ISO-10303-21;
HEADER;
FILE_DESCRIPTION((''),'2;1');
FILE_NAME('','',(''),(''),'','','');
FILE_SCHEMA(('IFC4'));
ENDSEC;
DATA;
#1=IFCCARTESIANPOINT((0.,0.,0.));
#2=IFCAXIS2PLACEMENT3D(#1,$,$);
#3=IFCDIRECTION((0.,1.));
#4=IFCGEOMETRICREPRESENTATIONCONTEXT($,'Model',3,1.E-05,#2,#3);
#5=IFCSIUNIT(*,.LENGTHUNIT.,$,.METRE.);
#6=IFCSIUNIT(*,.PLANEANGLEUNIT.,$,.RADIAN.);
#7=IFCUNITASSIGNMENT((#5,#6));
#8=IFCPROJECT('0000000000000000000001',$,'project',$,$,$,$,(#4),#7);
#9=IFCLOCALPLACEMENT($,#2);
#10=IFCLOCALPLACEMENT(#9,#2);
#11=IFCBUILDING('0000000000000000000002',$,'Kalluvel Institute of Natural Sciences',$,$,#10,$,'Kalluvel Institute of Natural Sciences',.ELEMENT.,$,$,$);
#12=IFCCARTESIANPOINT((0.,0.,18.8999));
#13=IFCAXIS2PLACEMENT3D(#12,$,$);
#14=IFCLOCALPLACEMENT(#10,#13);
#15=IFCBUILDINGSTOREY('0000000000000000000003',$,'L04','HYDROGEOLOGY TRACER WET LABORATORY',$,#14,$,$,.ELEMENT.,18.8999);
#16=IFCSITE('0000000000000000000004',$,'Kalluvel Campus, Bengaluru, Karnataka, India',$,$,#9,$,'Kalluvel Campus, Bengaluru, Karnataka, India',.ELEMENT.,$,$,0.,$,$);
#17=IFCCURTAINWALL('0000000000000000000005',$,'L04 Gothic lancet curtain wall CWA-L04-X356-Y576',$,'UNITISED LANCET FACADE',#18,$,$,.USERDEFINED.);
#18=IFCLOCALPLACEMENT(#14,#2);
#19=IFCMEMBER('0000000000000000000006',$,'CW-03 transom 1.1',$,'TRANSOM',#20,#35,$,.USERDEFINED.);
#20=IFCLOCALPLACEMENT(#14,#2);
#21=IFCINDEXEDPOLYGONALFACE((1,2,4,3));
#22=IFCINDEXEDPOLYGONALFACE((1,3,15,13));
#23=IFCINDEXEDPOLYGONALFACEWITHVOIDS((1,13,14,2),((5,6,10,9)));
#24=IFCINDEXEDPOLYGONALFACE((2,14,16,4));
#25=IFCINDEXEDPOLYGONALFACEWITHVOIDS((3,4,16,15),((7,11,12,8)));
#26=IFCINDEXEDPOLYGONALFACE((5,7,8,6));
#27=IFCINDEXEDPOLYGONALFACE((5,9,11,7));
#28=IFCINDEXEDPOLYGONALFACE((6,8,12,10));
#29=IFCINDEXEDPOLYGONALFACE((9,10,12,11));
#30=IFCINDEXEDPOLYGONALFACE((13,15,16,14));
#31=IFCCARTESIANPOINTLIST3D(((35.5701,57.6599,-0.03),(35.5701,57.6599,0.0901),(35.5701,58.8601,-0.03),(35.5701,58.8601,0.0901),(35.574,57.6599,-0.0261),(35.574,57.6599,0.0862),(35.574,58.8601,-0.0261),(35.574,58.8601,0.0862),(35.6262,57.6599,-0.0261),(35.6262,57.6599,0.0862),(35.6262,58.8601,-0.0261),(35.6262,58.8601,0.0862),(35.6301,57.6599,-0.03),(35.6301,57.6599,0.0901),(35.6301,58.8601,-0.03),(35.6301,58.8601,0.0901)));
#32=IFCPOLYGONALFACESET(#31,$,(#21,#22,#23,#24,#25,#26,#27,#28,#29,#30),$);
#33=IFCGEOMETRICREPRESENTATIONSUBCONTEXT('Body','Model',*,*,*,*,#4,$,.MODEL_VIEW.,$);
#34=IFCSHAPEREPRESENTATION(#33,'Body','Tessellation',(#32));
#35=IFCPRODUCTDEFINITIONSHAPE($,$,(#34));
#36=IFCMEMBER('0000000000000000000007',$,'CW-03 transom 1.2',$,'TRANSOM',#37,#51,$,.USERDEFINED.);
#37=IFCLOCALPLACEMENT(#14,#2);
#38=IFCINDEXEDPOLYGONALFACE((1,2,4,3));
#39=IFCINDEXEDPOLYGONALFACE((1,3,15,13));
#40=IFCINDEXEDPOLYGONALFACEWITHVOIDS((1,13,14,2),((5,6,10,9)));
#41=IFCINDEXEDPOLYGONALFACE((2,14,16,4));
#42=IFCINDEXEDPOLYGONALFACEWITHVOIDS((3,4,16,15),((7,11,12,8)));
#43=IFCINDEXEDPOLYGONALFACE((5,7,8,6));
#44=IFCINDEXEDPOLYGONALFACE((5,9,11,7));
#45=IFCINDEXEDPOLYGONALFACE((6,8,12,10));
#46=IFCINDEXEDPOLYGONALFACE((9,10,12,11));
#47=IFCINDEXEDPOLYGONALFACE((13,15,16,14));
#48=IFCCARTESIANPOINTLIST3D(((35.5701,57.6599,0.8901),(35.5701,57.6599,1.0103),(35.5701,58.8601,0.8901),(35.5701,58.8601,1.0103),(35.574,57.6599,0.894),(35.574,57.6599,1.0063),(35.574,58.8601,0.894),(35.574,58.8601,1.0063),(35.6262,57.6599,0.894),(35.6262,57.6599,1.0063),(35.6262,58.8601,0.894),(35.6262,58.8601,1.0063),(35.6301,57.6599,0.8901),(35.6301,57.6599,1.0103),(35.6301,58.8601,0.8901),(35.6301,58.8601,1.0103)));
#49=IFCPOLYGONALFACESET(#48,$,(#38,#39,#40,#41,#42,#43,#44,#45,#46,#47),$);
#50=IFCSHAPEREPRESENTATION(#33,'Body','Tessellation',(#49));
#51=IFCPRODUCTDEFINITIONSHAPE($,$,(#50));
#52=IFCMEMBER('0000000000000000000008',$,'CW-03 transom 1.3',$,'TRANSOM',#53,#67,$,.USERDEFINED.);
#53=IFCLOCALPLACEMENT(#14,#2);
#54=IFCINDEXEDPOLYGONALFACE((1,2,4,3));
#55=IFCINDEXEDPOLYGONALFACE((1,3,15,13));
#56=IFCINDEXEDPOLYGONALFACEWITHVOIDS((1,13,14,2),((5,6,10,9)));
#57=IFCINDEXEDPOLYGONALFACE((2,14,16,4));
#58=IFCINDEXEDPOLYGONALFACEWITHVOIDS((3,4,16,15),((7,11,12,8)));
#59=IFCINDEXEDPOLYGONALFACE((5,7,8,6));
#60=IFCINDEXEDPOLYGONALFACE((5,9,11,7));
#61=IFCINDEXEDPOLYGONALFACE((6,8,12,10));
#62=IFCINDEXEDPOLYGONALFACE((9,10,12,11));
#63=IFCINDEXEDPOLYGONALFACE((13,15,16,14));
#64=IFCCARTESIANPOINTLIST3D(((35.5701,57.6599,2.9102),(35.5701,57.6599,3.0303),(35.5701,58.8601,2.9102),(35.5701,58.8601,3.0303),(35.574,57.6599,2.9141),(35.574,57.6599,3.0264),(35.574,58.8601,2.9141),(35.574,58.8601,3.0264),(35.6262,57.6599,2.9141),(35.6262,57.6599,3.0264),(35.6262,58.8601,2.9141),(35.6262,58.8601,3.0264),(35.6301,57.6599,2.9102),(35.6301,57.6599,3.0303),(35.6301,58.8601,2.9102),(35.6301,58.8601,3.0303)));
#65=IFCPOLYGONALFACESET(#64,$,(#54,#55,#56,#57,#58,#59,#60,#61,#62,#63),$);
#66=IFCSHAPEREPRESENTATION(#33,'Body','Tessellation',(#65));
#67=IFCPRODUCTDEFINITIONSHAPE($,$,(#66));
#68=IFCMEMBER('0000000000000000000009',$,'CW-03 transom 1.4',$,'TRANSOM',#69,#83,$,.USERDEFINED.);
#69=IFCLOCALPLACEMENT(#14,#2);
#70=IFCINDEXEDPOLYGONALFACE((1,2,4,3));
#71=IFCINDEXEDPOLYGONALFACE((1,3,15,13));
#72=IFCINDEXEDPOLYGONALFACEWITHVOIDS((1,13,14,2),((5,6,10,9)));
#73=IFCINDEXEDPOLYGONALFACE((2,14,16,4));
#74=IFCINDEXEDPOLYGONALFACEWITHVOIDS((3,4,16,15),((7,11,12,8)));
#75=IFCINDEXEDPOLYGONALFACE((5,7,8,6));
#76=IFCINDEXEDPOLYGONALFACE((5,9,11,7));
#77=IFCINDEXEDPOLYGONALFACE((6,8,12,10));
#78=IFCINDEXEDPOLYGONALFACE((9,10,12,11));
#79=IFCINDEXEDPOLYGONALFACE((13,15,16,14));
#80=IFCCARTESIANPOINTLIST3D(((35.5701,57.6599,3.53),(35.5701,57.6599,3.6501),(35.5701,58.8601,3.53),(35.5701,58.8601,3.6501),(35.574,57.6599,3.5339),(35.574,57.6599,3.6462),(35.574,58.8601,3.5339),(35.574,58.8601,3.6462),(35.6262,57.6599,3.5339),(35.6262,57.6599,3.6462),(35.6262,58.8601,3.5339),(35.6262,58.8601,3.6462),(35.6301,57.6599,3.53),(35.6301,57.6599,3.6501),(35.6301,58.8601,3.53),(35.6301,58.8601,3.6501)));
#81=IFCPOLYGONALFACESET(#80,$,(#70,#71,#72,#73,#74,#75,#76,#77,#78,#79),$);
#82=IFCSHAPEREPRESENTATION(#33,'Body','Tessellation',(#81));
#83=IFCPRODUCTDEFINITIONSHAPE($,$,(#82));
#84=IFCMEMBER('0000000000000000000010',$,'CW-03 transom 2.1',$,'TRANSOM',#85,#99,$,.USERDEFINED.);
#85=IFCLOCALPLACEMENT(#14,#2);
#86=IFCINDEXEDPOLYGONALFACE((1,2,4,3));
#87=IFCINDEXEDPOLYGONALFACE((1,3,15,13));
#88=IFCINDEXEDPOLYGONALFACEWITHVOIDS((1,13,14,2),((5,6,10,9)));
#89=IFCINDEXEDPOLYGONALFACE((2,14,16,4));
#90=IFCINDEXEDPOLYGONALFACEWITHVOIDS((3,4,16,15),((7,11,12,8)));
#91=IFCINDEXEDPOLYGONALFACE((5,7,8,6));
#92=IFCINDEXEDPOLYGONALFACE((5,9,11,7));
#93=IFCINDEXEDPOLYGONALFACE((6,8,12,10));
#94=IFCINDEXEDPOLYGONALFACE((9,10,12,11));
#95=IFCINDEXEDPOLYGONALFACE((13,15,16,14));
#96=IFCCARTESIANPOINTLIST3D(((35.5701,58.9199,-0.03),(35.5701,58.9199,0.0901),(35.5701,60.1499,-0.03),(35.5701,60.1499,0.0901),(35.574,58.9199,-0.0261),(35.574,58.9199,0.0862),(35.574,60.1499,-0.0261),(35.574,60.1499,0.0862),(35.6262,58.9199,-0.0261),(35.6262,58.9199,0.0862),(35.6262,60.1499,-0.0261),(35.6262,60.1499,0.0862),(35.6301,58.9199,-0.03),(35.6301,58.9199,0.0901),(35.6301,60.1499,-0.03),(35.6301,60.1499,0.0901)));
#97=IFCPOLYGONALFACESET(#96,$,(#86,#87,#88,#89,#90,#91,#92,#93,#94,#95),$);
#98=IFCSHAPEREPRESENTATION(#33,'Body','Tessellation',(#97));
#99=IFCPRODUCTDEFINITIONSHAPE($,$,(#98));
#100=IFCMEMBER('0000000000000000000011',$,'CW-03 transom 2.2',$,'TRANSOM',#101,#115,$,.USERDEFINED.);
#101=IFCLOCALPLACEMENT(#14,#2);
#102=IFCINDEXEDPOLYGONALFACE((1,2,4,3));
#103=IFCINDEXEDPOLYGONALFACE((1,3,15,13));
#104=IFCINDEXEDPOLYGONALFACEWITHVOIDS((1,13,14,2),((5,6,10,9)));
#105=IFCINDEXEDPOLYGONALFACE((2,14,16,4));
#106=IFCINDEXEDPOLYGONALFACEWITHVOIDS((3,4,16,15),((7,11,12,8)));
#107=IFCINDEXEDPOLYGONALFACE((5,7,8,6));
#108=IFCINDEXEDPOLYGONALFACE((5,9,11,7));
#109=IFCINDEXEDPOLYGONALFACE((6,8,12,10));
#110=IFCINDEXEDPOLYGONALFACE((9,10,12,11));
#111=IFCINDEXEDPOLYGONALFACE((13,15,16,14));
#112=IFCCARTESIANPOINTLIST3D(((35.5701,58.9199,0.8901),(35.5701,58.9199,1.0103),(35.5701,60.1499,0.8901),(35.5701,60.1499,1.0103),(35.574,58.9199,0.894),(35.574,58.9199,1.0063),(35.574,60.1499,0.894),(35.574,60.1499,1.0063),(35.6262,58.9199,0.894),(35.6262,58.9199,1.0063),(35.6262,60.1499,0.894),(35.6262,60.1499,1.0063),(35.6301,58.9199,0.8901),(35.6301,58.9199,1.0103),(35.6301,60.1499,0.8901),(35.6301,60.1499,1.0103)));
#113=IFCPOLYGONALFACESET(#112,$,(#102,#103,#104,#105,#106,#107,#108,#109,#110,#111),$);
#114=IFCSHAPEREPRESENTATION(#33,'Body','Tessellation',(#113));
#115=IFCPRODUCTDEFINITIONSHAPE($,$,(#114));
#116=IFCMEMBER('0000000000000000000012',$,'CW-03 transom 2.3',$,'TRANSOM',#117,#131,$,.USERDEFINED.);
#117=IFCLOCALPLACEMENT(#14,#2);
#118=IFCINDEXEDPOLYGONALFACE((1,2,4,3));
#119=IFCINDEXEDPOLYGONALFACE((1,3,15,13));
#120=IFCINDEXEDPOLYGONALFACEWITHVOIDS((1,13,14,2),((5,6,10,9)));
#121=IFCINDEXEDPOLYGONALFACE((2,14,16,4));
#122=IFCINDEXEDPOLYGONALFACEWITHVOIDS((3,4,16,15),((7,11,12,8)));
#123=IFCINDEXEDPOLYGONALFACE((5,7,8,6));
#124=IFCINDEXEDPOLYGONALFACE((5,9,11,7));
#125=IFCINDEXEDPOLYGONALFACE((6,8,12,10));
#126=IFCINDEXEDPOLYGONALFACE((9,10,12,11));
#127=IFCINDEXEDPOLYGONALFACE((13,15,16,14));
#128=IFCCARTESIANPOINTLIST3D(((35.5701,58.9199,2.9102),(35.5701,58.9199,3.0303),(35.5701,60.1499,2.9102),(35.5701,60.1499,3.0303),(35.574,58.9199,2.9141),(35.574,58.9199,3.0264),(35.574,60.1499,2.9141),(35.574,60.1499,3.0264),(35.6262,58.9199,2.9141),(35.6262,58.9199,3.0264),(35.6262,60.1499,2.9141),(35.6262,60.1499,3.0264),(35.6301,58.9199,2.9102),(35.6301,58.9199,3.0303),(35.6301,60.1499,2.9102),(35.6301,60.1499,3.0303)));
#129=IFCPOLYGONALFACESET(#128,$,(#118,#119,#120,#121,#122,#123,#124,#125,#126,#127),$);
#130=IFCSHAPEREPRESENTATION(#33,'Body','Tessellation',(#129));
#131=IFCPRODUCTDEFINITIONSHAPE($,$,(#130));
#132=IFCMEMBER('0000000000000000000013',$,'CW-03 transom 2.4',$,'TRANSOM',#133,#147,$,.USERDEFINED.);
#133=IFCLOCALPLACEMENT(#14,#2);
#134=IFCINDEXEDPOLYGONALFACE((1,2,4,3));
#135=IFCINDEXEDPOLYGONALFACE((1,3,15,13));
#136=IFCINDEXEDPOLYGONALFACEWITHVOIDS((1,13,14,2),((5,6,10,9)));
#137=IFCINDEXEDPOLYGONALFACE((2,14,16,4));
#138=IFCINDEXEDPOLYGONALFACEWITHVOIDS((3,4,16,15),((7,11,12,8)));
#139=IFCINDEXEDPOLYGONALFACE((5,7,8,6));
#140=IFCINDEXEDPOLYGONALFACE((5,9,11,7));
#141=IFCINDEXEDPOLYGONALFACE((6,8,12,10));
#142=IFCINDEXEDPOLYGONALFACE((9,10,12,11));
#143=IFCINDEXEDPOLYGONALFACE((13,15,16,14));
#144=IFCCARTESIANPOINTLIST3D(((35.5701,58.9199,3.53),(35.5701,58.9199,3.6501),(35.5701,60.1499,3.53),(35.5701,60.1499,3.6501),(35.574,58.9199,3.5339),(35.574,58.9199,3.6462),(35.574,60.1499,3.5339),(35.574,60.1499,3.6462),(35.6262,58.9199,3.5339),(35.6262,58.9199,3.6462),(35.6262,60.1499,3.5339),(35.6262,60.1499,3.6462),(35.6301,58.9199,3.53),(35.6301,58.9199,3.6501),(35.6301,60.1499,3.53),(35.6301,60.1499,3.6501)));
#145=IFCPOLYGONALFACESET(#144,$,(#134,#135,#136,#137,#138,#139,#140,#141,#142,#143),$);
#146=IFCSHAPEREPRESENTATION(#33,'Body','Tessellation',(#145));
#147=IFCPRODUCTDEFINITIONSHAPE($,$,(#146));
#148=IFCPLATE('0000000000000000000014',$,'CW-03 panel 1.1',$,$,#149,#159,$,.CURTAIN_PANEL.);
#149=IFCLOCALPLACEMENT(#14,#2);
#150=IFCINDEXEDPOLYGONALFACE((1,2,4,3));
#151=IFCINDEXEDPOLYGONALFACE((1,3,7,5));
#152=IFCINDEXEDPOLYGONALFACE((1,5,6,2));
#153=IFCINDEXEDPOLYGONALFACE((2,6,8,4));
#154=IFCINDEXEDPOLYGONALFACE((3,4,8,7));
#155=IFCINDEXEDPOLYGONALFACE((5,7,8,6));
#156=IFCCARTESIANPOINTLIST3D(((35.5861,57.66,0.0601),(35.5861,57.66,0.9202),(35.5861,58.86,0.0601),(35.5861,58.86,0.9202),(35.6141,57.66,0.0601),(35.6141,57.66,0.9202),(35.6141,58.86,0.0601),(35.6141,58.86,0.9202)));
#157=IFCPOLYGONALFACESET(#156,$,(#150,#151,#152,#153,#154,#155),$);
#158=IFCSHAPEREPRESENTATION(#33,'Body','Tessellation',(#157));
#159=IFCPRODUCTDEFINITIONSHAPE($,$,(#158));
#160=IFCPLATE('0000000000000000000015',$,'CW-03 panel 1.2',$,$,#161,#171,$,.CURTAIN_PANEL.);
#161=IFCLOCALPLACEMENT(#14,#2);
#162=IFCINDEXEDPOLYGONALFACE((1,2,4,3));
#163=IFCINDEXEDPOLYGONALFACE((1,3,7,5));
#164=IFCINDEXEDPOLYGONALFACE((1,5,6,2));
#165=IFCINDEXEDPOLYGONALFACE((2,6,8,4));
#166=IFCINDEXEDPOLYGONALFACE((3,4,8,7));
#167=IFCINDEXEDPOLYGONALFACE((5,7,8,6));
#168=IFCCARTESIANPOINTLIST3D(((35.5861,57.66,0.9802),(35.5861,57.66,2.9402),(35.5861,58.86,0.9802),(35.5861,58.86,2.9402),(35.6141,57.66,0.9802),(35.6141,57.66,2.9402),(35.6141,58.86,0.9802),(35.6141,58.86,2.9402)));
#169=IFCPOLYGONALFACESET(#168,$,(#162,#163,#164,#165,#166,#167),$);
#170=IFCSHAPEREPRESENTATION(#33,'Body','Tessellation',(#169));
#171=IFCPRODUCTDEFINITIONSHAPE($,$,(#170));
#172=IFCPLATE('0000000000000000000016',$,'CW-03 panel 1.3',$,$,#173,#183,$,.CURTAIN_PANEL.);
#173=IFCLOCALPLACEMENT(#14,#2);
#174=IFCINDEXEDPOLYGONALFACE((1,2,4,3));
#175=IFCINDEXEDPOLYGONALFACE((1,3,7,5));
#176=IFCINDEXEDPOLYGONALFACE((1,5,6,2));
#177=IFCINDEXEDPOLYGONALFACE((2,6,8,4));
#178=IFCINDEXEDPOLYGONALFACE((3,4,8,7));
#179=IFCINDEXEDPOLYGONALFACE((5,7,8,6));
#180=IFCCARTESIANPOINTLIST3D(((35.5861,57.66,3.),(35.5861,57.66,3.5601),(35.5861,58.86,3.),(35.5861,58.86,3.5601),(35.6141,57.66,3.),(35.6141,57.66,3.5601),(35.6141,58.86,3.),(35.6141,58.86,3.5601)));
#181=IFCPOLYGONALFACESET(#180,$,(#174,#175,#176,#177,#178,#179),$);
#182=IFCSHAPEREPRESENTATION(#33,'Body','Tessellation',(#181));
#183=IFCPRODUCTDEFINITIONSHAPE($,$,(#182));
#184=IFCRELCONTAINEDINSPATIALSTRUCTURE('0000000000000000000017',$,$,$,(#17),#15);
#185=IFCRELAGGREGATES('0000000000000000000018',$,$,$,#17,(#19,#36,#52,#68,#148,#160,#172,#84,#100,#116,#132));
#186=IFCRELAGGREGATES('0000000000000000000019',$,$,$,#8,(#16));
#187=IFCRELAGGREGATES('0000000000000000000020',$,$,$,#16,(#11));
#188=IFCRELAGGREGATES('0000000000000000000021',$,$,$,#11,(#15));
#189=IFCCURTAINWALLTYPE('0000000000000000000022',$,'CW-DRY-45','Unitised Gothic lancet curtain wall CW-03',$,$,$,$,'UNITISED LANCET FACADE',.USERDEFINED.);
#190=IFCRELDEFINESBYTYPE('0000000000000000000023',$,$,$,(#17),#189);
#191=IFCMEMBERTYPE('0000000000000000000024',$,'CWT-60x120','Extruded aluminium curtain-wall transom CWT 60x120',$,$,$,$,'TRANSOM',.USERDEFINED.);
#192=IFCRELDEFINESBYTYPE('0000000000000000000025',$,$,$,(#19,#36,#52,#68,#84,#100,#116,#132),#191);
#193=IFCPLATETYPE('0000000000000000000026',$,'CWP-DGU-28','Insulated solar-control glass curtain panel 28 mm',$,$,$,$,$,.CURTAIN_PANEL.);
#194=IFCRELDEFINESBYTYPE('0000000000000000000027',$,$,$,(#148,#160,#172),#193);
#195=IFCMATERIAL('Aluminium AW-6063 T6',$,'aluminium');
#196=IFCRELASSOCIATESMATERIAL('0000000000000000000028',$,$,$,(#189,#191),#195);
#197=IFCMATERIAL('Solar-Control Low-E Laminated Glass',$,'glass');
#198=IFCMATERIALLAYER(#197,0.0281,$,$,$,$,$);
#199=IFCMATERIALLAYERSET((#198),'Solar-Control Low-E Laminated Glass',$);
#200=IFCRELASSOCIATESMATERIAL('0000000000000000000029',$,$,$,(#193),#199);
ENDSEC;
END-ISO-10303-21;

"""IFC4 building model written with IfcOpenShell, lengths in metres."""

from ifc_helpers import new_model, si_unit, direction, frame, origin, origin_2d, place, context, subcontext, project, spatial, rectangle, hollow_rectangle, extrude, material, layer, layer_set, material_profile, profile_set, type_object, element, aggregate, save


model = new_model("IFC4")

# Units and contexts
model_context = context("Model", 3, precision=1e-05, world=origin(), true_north=direction((0.0, 1.0)))
body_context = subcontext(model_context, "Body", "Model", "MODEL_VIEW")
ifc_project = project(units=[si_unit("LENGTHUNIT", "METRE"), si_unit("PLANEANGLEUNIT", "RADIAN")], contexts=[model_context])

# Site, building, storey
site_placement = place(None, origin())
site = spatial("IfcSite", under=ifc_project, at=site_placement, Name="Kalluvel Campus, Bengaluru, Karnataka, India", LongName="Kalluvel Campus, Bengaluru, Karnataka, India", CompositionType="ELEMENT", RefElevation=0.0)
building_placement = place(site_placement, origin())
building = spatial("IfcBuilding", under=site, at=building_placement, Name="Kalluvel Institute of Natural Sciences", LongName="Kalluvel Institute of Natural Sciences", CompositionType="ELEMENT")
storey_placement = place(building_placement, frame((0.0, 0.0, 18.8999)))
storey = spatial("IfcBuildingStorey", under=building, at=storey_placement, Name="L04", Description="HYDROGEOLOGY TRACER WET LABORATORY", CompositionType="ELEMENT", Elevation=18.8999)

# Shared definitions
ifc_material_1 = material(Name="Aluminium AW-6063 T6", Category="aluminium")
curtain_wall_type = type_object("IfcCurtainWallType", Name="CW-DRY-45", Description="Unitised Gothic lancet curtain wall CW-03", ElementType="UNITISED LANCET FACADE", PredefinedType="USERDEFINED", material=ifc_material_1)

# Curtain wall, members, plates
curtain_wall_1_placement = place(storey_placement, origin())
curtain_wall_1 = element("IfcCurtainWall", 1, at=curtain_wall_1_placement, inside=storey, type_object=curtain_wall_type, Name="L04 Gothic lancet curtain wall CWA-L04-X356-Y576", ObjectType="UNITISED LANCET FACADE", PredefinedType="USERDEFINED")
ifc_material_profile_1 = material_profile(ifc_material_1, hollow_rectangle(XDim=0.0601, YDim=0.1201, WallThickness=0.0039, at=origin_2d()), Name="CWT 60x120")
ifc_profile_set_1 = profile_set([ifc_material_profile_1], Name="Aluminium AW-6063 T6")
member_type_1 = type_object("IfcMemberType", Name="CWT-60x120", Description="Extruded aluminium curtain-wall transom CWT 60x120", ElementType="TRANSOM", PredefinedType="USERDEFINED", material=ifc_profile_set_1)
member_1_placement = place(storey_placement, frame((35.6001, 57.6599, 0.03), z_axis=(0.0, 1.0, 0.0), x_axis=(-1.0, 0.0, 0.0)))
member_1 = element("IfcMember", 2, at=member_1_placement, type_object=member_type_1, Name="CW-03 transom 1.1", ObjectType="TRANSOM", PredefinedType="USERDEFINED", context=body_context, shape_type="SweptSolid", body=[
    extrude(hollow_rectangle(XDim=0.0601, YDim=0.1201, WallThickness=0.0039, at=origin_2d()), origin(), (0.0, 0.0, 1.0), 1.2002),
])
member_2_placement = place(storey_placement, frame((35.6001, 57.6599, 0.9502), z_axis=(0.0, 1.0, 0.0), x_axis=(-1.0, 0.0, 0.0)))
member_2 = element("IfcMember", 3, at=member_2_placement, type_object=member_type_1, Name="CW-03 transom 1.2", ObjectType="TRANSOM", PredefinedType="USERDEFINED", context=body_context, shape_type="SweptSolid", body=[
    extrude(hollow_rectangle(XDim=0.0601, YDim=0.1201, WallThickness=0.0039, at=origin_2d()), origin(), (0.0, 0.0, 1.0), 1.2002),
])
member_3_placement = place(storey_placement, frame((35.6001, 57.6599, 2.9702), z_axis=(0.0, 1.0, 0.0), x_axis=(-1.0, 0.0, 0.0)))
member_3 = element("IfcMember", 4, at=member_3_placement, type_object=member_type_1, Name="CW-03 transom 1.3", ObjectType="TRANSOM", PredefinedType="USERDEFINED", context=body_context, shape_type="SweptSolid", body=[
    extrude(hollow_rectangle(XDim=0.0601, YDim=0.1201, WallThickness=0.0039, at=origin_2d()), origin(), (0.0, 0.0, 1.0), 1.2002),
])
member_4_placement = place(storey_placement, frame((35.6001, 57.6599, 3.5901), z_axis=(0.0, 1.0, 0.0), x_axis=(-1.0, 0.0, 0.0)))
member_4 = element("IfcMember", 5, at=member_4_placement, type_object=member_type_1, Name="CW-03 transom 1.4", ObjectType="TRANSOM", PredefinedType="USERDEFINED", context=body_context, shape_type="SweptSolid", body=[
    extrude(hollow_rectangle(XDim=0.0601, YDim=0.1201, WallThickness=0.0039, at=origin_2d()), origin(), (0.0, 0.0, 1.0), 1.2002),
])
member_5_placement = place(storey_placement, frame((35.6001, 58.9199, 0.03), z_axis=(0.0, 1.0, 0.0), x_axis=(-1.0, 0.0, 0.0)))
member_5 = element("IfcMember", 6, at=member_5_placement, type_object=member_type_1, Name="CW-03 transom 2.1", ObjectType="TRANSOM", PredefinedType="USERDEFINED", context=body_context, shape_type="SweptSolid", body=[
    extrude(hollow_rectangle(XDim=0.0601, YDim=0.1201, WallThickness=0.0039, at=origin_2d()), origin(), (0.0, 0.0, 1.0), 1.23),
])
member_6_placement = place(storey_placement, frame((35.6001, 58.9199, 0.9502), z_axis=(0.0, 1.0, 0.0), x_axis=(-1.0, 0.0, 0.0)))
member_6 = element("IfcMember", 7, at=member_6_placement, type_object=member_type_1, Name="CW-03 transom 2.2", ObjectType="TRANSOM", PredefinedType="USERDEFINED", context=body_context, shape_type="SweptSolid", body=[
    extrude(hollow_rectangle(XDim=0.0601, YDim=0.1201, WallThickness=0.0039, at=origin_2d()), origin(), (0.0, 0.0, 1.0), 1.23),
])
member_7_placement = place(storey_placement, frame((35.6001, 58.9199, 2.9702), z_axis=(0.0, 1.0, 0.0), x_axis=(-1.0, 0.0, 0.0)))
member_7 = element("IfcMember", 8, at=member_7_placement, type_object=member_type_1, Name="CW-03 transom 2.3", ObjectType="TRANSOM", PredefinedType="USERDEFINED", context=body_context, shape_type="SweptSolid", body=[
    extrude(hollow_rectangle(XDim=0.0601, YDim=0.1201, WallThickness=0.0039, at=origin_2d()), origin(), (0.0, 0.0, 1.0), 1.23),
])
member_8_placement = place(storey_placement, frame((35.6001, 58.9199, 3.5901), z_axis=(0.0, 1.0, 0.0), x_axis=(-1.0, 0.0, 0.0)))
member_8 = element("IfcMember", 9, at=member_8_placement, type_object=member_type_1, Name="CW-03 transom 2.4", ObjectType="TRANSOM", PredefinedType="USERDEFINED", context=body_context, shape_type="SweptSolid", body=[
    extrude(hollow_rectangle(XDim=0.0601, YDim=0.1201, WallThickness=0.0039, at=origin_2d()), origin(), (0.0, 0.0, 1.0), 1.23),
])
ifc_material_2 = material(Name="Solar-Control Low-E Laminated Glass", Category="glass")
ifc_layer = layer(ifc_material_2, 0.0281)
ifc_layer_set = layer_set([ifc_layer], Name="Solar-Control Low-E Laminated Glass")
plate_type = type_object("IfcPlateType", Name="CWP-DGU-28", Description="Insulated solar-control glass curtain panel 28 mm", PredefinedType="CURTAIN_PANEL", material=ifc_layer_set)
plate_1_placement = place(storey_placement, frame((35.6001, 58.26, 0.0601), z_axis=(0.0, 0.0, 1.0), x_axis=(0.0, 1.0, 0.0)))
plate_1 = element("IfcPlate", 10, at=plate_1_placement, type_object=plate_type, Name="CW-03 panel 1.1", PredefinedType="CURTAIN_PANEL", context=body_context, shape_type="SweptSolid", body=[
    extrude(rectangle(XDim=1.2, YDim=0.0281, at=origin_2d()), origin(), (0.0, 0.0, 1.0), 0.8601),
])
plate_2_placement = place(storey_placement, frame((35.6001, 58.26, 0.9802), z_axis=(0.0, 0.0, 1.0), x_axis=(0.0, 1.0, 0.0)))
plate_2 = element("IfcPlate", 11, at=plate_2_placement, type_object=plate_type, Name="CW-03 panel 1.2", PredefinedType="CURTAIN_PANEL", context=body_context, shape_type="SweptSolid", body=[
    extrude(rectangle(XDim=1.2, YDim=0.0281, at=origin_2d()), origin(), (0.0, 0.0, 1.0), 1.96),
])
plate_3_placement = place(storey_placement, frame((35.6001, 58.26, 3.0), z_axis=(0.0, 0.0, 1.0), x_axis=(0.0, 1.0, 0.0)))
plate_3 = element("IfcPlate", 12, at=plate_3_placement, type_object=plate_type, Name="CW-03 panel 1.3", PredefinedType="CURTAIN_PANEL", context=body_context, shape_type="SweptSolid", body=[
    extrude(rectangle(XDim=1.2, YDim=0.0281, at=origin_2d()), origin(), (0.0, 0.0, 1.0), 0.5601),
])
aggregate(curtain_wall_1, [member_1, member_2, member_3, member_4, plate_1, plate_2, plate_3, member_5, member_6, member_7, member_8])

save(model, "model.ifc")
